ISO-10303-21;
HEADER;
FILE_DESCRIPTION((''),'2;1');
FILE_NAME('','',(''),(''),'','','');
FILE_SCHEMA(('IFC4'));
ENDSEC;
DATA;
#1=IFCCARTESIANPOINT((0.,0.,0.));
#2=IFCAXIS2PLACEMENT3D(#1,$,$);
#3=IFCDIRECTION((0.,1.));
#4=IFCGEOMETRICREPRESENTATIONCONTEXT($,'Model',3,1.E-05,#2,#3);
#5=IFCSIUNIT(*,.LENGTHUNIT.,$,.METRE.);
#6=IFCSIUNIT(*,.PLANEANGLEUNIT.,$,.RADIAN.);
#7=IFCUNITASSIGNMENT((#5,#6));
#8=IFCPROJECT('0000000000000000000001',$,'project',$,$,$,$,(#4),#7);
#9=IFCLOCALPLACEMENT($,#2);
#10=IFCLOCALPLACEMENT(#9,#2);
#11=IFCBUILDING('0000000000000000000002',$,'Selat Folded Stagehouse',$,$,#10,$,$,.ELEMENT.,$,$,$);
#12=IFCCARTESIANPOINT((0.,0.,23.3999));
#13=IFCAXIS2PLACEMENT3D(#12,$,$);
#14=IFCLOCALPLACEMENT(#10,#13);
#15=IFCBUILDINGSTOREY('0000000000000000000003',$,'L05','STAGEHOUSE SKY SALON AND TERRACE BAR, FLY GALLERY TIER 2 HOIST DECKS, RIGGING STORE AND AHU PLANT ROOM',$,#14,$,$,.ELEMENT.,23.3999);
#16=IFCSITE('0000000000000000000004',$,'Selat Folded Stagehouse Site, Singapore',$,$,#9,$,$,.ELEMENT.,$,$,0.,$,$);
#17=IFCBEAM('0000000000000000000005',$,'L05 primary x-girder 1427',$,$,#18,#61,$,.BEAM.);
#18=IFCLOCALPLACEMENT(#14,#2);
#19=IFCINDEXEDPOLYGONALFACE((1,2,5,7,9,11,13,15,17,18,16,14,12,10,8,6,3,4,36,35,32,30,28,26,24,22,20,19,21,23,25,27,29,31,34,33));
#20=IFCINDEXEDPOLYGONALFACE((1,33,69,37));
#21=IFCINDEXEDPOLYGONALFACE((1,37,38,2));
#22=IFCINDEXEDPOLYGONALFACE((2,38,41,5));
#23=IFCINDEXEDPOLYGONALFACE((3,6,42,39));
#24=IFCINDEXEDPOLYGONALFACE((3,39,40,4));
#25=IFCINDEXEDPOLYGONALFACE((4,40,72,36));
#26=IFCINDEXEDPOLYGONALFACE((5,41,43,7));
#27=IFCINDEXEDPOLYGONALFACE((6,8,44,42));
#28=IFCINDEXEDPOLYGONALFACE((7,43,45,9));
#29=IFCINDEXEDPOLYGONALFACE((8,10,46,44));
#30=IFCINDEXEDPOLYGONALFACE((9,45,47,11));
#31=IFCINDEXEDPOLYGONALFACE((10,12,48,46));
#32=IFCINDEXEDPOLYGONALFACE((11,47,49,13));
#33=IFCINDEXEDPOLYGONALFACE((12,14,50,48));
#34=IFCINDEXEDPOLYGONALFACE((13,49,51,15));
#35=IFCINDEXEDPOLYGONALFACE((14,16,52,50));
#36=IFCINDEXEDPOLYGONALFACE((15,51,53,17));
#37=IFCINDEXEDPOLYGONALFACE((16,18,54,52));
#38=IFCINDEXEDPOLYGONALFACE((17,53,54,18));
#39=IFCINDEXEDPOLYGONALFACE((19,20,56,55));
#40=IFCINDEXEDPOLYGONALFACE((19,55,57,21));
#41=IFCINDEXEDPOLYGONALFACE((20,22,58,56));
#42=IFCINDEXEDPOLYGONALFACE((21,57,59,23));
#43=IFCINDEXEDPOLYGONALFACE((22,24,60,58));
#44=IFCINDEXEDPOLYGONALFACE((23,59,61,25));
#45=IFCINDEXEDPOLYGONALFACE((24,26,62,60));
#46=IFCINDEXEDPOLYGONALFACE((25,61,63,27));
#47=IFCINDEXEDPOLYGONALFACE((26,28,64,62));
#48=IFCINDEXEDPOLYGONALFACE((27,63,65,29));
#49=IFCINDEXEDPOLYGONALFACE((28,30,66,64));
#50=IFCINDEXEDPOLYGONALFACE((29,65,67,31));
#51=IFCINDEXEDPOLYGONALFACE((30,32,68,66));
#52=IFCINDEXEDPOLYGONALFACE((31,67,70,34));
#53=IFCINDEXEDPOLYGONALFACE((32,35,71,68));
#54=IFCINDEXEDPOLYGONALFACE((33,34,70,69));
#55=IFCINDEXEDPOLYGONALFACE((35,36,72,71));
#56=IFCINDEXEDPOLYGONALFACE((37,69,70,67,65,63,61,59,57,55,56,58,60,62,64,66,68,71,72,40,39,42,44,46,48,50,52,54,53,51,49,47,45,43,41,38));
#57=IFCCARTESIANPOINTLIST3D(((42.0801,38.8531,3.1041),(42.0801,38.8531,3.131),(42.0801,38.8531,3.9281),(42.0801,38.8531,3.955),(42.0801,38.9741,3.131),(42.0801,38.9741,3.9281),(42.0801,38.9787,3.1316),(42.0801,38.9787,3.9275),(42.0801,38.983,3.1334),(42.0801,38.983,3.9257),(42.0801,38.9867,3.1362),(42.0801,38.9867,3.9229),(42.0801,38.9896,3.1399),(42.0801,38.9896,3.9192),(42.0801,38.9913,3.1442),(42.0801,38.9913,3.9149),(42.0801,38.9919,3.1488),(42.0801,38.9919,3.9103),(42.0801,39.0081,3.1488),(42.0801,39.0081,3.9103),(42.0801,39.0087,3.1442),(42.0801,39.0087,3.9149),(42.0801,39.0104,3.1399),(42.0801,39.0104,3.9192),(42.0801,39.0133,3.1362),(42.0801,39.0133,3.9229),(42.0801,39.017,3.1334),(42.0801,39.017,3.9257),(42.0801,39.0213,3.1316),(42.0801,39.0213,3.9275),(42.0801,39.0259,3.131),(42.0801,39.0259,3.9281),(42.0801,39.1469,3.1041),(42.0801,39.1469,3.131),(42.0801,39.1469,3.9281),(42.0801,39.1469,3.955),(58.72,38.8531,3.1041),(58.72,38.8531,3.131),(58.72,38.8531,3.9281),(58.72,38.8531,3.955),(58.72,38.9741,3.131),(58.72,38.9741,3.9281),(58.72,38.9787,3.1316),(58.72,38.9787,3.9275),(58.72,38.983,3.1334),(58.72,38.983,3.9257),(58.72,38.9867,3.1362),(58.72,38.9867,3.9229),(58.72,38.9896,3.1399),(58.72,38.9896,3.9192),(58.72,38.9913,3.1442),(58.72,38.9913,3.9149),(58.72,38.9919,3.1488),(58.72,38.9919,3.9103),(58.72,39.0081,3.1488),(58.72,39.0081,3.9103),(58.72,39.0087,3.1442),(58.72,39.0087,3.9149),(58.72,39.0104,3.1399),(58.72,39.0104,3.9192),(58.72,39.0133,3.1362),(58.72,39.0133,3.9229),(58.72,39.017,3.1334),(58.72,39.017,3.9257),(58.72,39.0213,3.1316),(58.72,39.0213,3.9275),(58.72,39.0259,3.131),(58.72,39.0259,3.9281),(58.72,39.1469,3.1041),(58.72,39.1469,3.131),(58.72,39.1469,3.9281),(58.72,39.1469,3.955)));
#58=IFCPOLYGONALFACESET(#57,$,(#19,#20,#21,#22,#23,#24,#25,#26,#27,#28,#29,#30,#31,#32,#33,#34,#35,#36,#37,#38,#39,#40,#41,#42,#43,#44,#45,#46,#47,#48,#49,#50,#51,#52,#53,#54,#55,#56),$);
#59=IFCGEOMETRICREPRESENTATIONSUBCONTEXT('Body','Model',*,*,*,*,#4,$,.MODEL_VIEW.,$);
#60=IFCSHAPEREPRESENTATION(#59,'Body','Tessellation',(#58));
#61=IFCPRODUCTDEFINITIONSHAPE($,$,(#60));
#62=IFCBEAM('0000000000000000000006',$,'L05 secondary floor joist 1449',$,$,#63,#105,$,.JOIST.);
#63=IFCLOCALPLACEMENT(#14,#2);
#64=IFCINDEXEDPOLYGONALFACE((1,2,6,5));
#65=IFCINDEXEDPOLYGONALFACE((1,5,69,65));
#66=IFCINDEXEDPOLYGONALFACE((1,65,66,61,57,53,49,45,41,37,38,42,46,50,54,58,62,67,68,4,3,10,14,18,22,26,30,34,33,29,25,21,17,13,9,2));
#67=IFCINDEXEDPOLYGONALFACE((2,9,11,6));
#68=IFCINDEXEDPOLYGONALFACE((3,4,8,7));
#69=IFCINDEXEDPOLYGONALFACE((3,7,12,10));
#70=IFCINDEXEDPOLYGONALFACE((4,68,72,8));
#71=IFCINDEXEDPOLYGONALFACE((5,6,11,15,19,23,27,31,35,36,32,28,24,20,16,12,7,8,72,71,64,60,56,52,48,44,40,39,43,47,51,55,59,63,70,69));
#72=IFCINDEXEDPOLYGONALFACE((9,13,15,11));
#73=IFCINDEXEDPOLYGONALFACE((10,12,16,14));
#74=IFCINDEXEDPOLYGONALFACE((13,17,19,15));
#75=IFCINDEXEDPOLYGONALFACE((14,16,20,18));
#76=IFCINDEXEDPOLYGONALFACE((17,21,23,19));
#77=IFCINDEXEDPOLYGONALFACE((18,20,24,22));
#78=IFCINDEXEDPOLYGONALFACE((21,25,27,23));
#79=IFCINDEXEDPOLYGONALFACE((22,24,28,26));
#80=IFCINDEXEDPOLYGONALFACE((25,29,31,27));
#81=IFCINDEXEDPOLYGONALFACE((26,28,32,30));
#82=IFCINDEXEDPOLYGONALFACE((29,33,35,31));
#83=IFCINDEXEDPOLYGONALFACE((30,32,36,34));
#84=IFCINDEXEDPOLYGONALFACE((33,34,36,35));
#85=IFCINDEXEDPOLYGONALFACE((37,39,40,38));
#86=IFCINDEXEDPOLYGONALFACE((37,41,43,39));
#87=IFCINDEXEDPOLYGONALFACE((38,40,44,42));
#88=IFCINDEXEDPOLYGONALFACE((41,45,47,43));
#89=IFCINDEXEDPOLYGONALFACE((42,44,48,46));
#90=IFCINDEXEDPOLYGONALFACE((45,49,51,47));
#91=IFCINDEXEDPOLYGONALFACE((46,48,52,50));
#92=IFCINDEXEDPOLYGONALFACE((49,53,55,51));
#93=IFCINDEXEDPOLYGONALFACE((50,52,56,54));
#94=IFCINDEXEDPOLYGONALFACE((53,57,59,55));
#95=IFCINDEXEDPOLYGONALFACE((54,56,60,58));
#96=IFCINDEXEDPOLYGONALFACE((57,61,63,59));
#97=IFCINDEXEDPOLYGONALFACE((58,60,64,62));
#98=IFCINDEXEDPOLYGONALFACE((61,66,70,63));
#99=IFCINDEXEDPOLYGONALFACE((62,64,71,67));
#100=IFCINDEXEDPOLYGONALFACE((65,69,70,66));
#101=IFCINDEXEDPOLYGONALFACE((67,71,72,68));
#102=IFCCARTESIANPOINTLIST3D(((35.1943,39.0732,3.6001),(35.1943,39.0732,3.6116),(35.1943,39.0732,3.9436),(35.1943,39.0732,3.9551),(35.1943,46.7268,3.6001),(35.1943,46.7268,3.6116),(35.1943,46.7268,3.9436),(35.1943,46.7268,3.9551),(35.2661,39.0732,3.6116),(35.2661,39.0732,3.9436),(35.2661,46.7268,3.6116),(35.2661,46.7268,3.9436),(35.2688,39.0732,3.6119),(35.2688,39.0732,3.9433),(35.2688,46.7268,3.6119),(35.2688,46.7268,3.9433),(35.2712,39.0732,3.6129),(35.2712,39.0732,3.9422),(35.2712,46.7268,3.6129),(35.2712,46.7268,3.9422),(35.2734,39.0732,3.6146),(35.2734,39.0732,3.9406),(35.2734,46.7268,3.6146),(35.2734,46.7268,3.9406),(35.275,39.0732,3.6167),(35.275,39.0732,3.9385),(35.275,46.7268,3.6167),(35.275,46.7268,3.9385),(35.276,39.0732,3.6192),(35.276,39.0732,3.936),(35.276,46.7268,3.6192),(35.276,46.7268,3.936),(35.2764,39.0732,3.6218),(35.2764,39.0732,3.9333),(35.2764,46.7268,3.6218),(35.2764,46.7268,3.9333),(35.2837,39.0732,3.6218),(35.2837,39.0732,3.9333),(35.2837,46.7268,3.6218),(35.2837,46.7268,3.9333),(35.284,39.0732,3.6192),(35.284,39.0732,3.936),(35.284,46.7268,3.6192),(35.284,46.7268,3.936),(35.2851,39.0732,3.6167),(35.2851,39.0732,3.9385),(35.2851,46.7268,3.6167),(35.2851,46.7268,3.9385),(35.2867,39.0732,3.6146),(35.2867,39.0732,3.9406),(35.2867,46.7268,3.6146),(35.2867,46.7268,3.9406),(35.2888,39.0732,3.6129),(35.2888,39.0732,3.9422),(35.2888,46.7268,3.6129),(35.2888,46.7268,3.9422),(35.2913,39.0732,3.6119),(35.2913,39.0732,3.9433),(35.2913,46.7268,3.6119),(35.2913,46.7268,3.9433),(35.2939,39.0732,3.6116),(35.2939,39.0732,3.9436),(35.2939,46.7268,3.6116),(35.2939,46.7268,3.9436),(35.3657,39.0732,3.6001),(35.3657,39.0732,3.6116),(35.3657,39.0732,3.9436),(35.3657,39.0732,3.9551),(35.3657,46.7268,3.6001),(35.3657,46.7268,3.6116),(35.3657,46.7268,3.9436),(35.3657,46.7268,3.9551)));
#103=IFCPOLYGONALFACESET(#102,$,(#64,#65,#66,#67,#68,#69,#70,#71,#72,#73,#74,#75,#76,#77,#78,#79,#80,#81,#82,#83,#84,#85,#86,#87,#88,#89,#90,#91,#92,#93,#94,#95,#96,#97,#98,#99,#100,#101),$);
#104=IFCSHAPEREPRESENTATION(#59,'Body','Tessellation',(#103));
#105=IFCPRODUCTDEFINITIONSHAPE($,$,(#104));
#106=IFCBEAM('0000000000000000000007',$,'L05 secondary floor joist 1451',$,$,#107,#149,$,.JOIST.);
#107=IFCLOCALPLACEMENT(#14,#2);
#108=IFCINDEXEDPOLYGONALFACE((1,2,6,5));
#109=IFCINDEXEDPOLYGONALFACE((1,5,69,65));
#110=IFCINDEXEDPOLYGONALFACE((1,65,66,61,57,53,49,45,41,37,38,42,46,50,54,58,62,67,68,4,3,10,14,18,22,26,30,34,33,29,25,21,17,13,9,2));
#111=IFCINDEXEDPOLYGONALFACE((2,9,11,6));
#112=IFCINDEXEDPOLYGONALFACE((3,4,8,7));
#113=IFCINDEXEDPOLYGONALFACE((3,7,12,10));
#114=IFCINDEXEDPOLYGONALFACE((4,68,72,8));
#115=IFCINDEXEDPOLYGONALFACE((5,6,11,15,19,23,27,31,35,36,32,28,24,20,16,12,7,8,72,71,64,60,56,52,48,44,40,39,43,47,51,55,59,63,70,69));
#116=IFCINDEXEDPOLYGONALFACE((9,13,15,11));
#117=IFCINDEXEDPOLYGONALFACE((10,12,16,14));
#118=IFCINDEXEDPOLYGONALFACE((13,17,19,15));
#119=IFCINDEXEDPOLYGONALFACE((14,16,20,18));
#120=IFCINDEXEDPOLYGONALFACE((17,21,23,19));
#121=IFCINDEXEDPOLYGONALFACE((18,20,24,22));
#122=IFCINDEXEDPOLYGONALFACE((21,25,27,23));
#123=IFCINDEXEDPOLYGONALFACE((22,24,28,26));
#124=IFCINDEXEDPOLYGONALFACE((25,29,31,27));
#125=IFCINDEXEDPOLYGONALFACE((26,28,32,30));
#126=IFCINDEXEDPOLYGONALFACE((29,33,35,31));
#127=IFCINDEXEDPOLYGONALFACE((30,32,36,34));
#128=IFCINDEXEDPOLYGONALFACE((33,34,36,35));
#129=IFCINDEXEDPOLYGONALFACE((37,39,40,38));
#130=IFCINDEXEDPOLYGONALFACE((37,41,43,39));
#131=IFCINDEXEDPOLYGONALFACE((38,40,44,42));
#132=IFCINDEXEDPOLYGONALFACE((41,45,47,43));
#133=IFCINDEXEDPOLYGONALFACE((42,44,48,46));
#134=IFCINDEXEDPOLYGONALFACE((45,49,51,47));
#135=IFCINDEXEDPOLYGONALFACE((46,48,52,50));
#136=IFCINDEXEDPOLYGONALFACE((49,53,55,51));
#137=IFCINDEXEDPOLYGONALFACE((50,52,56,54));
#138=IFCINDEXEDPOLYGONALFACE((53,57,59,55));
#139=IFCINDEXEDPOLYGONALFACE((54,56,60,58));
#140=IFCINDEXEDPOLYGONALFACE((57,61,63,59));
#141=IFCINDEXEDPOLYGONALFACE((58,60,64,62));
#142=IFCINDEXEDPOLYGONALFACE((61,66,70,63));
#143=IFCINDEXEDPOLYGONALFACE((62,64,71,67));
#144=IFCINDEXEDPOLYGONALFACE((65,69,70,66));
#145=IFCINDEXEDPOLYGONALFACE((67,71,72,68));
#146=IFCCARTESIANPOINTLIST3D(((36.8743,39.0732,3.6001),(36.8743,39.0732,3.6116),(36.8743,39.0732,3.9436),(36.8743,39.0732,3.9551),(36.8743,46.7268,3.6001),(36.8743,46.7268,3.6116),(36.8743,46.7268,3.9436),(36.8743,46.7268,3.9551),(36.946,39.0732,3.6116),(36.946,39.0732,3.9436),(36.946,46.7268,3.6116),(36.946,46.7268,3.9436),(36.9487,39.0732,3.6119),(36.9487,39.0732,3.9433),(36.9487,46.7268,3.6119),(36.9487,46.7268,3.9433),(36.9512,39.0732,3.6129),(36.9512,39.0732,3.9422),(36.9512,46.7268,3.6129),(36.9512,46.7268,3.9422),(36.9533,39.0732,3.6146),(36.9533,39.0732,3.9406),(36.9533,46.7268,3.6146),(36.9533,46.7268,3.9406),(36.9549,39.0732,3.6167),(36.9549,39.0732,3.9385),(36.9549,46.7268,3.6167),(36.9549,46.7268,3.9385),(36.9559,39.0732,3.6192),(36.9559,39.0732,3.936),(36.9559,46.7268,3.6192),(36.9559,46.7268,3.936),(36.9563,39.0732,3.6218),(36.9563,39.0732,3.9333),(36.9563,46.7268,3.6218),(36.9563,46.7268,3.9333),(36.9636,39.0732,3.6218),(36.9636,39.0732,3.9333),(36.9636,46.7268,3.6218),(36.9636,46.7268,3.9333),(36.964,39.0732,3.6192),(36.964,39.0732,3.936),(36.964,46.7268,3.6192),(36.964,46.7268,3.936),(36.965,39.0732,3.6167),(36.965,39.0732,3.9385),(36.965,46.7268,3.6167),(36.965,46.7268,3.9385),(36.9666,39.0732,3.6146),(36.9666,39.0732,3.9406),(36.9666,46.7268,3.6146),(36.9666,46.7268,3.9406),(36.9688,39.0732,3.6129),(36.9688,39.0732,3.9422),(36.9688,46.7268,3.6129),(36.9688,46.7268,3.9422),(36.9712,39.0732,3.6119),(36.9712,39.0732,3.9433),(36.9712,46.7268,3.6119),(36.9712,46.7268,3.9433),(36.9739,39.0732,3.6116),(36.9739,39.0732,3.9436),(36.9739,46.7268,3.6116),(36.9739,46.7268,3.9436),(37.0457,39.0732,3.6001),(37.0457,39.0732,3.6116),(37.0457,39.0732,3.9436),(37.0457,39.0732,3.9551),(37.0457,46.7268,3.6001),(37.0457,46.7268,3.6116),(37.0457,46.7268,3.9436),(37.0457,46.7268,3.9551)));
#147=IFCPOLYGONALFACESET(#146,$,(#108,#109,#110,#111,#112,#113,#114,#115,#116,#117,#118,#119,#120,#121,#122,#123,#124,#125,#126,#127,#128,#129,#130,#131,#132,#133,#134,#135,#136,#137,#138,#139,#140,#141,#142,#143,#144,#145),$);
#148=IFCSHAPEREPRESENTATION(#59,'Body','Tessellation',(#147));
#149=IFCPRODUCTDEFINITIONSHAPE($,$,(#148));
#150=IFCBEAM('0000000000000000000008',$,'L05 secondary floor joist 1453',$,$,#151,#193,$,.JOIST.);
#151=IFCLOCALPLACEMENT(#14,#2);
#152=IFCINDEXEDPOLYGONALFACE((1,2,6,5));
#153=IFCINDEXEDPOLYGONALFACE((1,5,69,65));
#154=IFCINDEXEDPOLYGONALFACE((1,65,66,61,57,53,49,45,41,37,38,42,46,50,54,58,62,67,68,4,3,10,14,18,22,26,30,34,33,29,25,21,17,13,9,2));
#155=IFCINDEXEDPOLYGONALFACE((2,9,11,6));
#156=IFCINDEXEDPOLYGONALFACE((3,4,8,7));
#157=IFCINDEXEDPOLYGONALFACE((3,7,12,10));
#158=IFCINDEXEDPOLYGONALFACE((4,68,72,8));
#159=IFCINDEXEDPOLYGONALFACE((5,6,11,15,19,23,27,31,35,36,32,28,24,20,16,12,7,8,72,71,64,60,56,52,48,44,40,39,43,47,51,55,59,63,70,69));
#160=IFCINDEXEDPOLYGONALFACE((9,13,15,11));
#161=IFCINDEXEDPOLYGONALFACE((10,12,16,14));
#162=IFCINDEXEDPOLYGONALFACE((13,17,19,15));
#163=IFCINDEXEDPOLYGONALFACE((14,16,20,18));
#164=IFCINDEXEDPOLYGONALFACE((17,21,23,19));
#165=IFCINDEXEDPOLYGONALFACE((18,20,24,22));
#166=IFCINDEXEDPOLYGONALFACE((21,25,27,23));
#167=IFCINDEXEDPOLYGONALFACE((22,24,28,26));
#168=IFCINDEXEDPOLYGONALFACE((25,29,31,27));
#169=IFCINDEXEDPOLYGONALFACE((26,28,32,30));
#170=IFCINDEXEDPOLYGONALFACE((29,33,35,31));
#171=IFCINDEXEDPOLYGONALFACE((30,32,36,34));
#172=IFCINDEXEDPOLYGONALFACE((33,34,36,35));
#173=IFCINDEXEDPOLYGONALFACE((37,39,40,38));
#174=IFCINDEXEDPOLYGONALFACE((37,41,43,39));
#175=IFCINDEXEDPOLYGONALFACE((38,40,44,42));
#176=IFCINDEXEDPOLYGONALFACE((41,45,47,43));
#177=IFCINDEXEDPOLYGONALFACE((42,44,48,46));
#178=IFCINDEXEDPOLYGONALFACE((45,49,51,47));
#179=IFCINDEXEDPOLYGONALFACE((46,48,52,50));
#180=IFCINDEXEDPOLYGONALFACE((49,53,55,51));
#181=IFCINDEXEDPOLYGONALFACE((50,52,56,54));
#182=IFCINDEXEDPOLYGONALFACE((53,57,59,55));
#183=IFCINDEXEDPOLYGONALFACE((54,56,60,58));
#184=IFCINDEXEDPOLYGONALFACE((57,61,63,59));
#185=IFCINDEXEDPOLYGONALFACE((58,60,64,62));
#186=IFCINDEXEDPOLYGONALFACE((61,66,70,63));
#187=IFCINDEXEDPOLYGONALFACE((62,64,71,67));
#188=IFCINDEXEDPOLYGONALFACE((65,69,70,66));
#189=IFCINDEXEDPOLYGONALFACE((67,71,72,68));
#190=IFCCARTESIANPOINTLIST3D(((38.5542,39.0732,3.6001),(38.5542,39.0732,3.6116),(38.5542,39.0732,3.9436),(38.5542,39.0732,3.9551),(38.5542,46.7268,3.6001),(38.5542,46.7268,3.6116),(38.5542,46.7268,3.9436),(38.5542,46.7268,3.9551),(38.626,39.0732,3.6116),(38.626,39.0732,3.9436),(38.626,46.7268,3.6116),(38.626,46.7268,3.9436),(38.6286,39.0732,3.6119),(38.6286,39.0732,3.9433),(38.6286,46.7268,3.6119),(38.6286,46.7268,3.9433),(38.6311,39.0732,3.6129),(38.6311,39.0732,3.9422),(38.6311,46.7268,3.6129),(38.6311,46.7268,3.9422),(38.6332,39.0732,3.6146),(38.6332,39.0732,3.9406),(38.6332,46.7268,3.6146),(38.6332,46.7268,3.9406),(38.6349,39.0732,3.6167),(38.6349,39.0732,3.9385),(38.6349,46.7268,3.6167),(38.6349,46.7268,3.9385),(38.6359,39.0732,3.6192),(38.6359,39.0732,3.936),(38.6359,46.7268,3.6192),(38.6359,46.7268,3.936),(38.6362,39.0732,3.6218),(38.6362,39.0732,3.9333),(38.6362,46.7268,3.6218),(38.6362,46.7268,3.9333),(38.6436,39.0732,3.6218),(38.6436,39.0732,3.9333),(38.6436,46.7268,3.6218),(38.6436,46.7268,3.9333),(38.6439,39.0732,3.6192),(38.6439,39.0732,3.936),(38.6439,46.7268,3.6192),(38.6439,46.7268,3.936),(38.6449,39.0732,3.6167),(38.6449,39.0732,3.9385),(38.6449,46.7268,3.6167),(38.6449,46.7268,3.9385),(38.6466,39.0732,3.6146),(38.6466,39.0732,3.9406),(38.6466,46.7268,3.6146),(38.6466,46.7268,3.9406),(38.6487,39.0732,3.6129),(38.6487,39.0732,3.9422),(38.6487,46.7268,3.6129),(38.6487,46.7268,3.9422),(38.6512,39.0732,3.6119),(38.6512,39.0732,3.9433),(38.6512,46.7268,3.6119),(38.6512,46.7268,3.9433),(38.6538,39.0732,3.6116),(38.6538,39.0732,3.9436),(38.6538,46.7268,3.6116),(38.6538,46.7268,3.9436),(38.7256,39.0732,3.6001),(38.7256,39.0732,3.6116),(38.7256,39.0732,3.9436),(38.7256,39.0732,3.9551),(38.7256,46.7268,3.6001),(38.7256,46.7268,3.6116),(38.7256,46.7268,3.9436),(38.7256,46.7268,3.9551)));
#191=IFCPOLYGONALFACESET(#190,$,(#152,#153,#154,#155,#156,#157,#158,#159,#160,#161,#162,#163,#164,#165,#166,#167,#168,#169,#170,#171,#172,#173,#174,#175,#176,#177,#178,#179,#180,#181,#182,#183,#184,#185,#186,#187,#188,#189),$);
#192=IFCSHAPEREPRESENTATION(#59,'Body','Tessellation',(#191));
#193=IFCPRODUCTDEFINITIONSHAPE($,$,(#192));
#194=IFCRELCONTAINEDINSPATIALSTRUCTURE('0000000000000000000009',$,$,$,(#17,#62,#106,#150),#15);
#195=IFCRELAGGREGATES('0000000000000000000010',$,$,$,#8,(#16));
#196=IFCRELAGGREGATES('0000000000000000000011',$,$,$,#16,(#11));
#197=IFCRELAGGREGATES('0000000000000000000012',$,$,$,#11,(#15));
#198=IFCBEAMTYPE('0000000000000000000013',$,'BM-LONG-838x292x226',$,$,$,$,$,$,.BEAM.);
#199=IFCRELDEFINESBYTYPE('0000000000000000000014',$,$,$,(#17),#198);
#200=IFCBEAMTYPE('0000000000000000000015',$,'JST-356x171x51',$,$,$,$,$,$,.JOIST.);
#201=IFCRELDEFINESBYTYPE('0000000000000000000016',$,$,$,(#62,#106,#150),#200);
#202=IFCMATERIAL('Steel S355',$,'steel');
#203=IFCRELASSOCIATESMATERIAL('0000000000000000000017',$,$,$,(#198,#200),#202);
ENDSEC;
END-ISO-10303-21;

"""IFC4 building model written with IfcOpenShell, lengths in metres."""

from ifc_helpers import new_model, si_unit, direction, frame, origin, origin_2d, place, context, subcontext, project, spatial, i_section, extrude, material, material_profile, profile_set, type_object, element, save


model = new_model("IFC4")

# Units and contexts
model_context = context("Model", 3, precision=1e-05, world=origin(), true_north=direction((0.0, 1.0)))
body_context = subcontext(model_context, "Body", "Model", "MODEL_VIEW")
ifc_project = project(units=[si_unit("LENGTHUNIT", "METRE"), si_unit("PLANEANGLEUNIT", "RADIAN")], contexts=[model_context])

# Site, building, storey
site_placement = place(None, origin())
site = spatial("IfcSite", under=ifc_project, at=site_placement, Name="Selat Folded Stagehouse Site, Singapore", CompositionType="ELEMENT", RefElevation=0.0)
building_placement = place(site_placement, origin())
building = spatial("IfcBuilding", under=site, at=building_placement, Name="Selat Folded Stagehouse", CompositionType="ELEMENT")
storey_placement = place(building_placement, frame((0.0, 0.0, 23.3999)))
storey = spatial("IfcBuildingStorey", under=building, at=storey_placement, Name="L05", Description="STAGEHOUSE SKY SALON AND TERRACE BAR, FLY GALLERY TIER 2 HOIST DECKS, RIGGING STORE AND AHU PLANT ROOM", CompositionType="ELEMENT", Elevation=23.3999)

# Shared definitions
ifc_material_1 = material(Name="Steel S355", Category="steel")

# Beams
ifc_material_profile_1 = material_profile(ifc_material_1, i_section(OverallWidth=0.2937, OverallDepth=0.8508, WebThickness=0.0161, FlangeThickness=0.0269, FilletRadius=0.0178, at=origin_2d()), Name="UKB 838x292x226")
ifc_profile_set_1 = profile_set([ifc_material_profile_1], Name="Steel S355")
beam_type_1 = type_object("IfcBeamType", Name="BM-LONG-838x292x226", PredefinedType="BEAM", material=ifc_profile_set_1)
beam_1_placement = place(storey_placement, frame((42.0801, 39.0, 3.5295), z_axis=(1.0, 0.0, 0.0), x_axis=(0.0, 1.0, 0.0)))
element("IfcBeam", 1, at=beam_1_placement, inside=storey, type_object=beam_type_1, Name="L05 primary x-girder 1427", PredefinedType="BEAM", context=body_context, shape_type="SweptSolid", body=[
    extrude(i_section(OverallWidth=0.2937, OverallDepth=0.8508, WebThickness=0.0161, FlangeThickness=0.0269, FilletRadius=0.0178, at=origin_2d()), origin(), (0.0, 0.0, 1.0), 16.6399),
])
ifc_material_profile_2 = material_profile(ifc_material_1, i_section(OverallWidth=0.1714, OverallDepth=0.355, WebThickness=0.0073, FlangeThickness=0.0115, FilletRadius=0.0103, at=origin_2d()), Name="UKB 356x171x51")
ifc_profile_set_2 = profile_set([ifc_material_profile_2], Name="Steel S355")
beam_type_2 = type_object("IfcBeamType", Name="JST-356x171x51", PredefinedType="JOIST", material=ifc_profile_set_2)
for number, where, z_axis, x_axis, name in (
    (2, (35.28, 39.0732, 3.7776), (0.0, 1.0, 0.0), (-1.0, 0.0, 0.0), "L05 secondary floor joist 1449"),
    (3, (36.96, 39.0732, 3.7776), (0.0, 1.0, 0.0), (-1.0, 0.0, 0.0), "L05 secondary floor joist 1451"),
    (4, (38.6399, 39.0732, 3.7776), (0.0, 1.0, 0.0), (-1.0, 0.0, 0.0), "L05 secondary floor joist 1453"),
):
    element("IfcBeam", number, at=place(storey_placement, frame(where, z_axis=z_axis, x_axis=x_axis)), inside=storey, type_object=beam_type_2, Name=name, PredefinedType="JOIST", context=body_context, shape_type="SweptSolid", body=[
        extrude(i_section(OverallWidth=0.1714, OverallDepth=0.355, WebThickness=0.0073, FlangeThickness=0.0115, FilletRadius=0.0103, at=origin_2d()), origin(), (0.0, 0.0, 1.0), 7.6536),
    ])

save(model, "model.ifc")
